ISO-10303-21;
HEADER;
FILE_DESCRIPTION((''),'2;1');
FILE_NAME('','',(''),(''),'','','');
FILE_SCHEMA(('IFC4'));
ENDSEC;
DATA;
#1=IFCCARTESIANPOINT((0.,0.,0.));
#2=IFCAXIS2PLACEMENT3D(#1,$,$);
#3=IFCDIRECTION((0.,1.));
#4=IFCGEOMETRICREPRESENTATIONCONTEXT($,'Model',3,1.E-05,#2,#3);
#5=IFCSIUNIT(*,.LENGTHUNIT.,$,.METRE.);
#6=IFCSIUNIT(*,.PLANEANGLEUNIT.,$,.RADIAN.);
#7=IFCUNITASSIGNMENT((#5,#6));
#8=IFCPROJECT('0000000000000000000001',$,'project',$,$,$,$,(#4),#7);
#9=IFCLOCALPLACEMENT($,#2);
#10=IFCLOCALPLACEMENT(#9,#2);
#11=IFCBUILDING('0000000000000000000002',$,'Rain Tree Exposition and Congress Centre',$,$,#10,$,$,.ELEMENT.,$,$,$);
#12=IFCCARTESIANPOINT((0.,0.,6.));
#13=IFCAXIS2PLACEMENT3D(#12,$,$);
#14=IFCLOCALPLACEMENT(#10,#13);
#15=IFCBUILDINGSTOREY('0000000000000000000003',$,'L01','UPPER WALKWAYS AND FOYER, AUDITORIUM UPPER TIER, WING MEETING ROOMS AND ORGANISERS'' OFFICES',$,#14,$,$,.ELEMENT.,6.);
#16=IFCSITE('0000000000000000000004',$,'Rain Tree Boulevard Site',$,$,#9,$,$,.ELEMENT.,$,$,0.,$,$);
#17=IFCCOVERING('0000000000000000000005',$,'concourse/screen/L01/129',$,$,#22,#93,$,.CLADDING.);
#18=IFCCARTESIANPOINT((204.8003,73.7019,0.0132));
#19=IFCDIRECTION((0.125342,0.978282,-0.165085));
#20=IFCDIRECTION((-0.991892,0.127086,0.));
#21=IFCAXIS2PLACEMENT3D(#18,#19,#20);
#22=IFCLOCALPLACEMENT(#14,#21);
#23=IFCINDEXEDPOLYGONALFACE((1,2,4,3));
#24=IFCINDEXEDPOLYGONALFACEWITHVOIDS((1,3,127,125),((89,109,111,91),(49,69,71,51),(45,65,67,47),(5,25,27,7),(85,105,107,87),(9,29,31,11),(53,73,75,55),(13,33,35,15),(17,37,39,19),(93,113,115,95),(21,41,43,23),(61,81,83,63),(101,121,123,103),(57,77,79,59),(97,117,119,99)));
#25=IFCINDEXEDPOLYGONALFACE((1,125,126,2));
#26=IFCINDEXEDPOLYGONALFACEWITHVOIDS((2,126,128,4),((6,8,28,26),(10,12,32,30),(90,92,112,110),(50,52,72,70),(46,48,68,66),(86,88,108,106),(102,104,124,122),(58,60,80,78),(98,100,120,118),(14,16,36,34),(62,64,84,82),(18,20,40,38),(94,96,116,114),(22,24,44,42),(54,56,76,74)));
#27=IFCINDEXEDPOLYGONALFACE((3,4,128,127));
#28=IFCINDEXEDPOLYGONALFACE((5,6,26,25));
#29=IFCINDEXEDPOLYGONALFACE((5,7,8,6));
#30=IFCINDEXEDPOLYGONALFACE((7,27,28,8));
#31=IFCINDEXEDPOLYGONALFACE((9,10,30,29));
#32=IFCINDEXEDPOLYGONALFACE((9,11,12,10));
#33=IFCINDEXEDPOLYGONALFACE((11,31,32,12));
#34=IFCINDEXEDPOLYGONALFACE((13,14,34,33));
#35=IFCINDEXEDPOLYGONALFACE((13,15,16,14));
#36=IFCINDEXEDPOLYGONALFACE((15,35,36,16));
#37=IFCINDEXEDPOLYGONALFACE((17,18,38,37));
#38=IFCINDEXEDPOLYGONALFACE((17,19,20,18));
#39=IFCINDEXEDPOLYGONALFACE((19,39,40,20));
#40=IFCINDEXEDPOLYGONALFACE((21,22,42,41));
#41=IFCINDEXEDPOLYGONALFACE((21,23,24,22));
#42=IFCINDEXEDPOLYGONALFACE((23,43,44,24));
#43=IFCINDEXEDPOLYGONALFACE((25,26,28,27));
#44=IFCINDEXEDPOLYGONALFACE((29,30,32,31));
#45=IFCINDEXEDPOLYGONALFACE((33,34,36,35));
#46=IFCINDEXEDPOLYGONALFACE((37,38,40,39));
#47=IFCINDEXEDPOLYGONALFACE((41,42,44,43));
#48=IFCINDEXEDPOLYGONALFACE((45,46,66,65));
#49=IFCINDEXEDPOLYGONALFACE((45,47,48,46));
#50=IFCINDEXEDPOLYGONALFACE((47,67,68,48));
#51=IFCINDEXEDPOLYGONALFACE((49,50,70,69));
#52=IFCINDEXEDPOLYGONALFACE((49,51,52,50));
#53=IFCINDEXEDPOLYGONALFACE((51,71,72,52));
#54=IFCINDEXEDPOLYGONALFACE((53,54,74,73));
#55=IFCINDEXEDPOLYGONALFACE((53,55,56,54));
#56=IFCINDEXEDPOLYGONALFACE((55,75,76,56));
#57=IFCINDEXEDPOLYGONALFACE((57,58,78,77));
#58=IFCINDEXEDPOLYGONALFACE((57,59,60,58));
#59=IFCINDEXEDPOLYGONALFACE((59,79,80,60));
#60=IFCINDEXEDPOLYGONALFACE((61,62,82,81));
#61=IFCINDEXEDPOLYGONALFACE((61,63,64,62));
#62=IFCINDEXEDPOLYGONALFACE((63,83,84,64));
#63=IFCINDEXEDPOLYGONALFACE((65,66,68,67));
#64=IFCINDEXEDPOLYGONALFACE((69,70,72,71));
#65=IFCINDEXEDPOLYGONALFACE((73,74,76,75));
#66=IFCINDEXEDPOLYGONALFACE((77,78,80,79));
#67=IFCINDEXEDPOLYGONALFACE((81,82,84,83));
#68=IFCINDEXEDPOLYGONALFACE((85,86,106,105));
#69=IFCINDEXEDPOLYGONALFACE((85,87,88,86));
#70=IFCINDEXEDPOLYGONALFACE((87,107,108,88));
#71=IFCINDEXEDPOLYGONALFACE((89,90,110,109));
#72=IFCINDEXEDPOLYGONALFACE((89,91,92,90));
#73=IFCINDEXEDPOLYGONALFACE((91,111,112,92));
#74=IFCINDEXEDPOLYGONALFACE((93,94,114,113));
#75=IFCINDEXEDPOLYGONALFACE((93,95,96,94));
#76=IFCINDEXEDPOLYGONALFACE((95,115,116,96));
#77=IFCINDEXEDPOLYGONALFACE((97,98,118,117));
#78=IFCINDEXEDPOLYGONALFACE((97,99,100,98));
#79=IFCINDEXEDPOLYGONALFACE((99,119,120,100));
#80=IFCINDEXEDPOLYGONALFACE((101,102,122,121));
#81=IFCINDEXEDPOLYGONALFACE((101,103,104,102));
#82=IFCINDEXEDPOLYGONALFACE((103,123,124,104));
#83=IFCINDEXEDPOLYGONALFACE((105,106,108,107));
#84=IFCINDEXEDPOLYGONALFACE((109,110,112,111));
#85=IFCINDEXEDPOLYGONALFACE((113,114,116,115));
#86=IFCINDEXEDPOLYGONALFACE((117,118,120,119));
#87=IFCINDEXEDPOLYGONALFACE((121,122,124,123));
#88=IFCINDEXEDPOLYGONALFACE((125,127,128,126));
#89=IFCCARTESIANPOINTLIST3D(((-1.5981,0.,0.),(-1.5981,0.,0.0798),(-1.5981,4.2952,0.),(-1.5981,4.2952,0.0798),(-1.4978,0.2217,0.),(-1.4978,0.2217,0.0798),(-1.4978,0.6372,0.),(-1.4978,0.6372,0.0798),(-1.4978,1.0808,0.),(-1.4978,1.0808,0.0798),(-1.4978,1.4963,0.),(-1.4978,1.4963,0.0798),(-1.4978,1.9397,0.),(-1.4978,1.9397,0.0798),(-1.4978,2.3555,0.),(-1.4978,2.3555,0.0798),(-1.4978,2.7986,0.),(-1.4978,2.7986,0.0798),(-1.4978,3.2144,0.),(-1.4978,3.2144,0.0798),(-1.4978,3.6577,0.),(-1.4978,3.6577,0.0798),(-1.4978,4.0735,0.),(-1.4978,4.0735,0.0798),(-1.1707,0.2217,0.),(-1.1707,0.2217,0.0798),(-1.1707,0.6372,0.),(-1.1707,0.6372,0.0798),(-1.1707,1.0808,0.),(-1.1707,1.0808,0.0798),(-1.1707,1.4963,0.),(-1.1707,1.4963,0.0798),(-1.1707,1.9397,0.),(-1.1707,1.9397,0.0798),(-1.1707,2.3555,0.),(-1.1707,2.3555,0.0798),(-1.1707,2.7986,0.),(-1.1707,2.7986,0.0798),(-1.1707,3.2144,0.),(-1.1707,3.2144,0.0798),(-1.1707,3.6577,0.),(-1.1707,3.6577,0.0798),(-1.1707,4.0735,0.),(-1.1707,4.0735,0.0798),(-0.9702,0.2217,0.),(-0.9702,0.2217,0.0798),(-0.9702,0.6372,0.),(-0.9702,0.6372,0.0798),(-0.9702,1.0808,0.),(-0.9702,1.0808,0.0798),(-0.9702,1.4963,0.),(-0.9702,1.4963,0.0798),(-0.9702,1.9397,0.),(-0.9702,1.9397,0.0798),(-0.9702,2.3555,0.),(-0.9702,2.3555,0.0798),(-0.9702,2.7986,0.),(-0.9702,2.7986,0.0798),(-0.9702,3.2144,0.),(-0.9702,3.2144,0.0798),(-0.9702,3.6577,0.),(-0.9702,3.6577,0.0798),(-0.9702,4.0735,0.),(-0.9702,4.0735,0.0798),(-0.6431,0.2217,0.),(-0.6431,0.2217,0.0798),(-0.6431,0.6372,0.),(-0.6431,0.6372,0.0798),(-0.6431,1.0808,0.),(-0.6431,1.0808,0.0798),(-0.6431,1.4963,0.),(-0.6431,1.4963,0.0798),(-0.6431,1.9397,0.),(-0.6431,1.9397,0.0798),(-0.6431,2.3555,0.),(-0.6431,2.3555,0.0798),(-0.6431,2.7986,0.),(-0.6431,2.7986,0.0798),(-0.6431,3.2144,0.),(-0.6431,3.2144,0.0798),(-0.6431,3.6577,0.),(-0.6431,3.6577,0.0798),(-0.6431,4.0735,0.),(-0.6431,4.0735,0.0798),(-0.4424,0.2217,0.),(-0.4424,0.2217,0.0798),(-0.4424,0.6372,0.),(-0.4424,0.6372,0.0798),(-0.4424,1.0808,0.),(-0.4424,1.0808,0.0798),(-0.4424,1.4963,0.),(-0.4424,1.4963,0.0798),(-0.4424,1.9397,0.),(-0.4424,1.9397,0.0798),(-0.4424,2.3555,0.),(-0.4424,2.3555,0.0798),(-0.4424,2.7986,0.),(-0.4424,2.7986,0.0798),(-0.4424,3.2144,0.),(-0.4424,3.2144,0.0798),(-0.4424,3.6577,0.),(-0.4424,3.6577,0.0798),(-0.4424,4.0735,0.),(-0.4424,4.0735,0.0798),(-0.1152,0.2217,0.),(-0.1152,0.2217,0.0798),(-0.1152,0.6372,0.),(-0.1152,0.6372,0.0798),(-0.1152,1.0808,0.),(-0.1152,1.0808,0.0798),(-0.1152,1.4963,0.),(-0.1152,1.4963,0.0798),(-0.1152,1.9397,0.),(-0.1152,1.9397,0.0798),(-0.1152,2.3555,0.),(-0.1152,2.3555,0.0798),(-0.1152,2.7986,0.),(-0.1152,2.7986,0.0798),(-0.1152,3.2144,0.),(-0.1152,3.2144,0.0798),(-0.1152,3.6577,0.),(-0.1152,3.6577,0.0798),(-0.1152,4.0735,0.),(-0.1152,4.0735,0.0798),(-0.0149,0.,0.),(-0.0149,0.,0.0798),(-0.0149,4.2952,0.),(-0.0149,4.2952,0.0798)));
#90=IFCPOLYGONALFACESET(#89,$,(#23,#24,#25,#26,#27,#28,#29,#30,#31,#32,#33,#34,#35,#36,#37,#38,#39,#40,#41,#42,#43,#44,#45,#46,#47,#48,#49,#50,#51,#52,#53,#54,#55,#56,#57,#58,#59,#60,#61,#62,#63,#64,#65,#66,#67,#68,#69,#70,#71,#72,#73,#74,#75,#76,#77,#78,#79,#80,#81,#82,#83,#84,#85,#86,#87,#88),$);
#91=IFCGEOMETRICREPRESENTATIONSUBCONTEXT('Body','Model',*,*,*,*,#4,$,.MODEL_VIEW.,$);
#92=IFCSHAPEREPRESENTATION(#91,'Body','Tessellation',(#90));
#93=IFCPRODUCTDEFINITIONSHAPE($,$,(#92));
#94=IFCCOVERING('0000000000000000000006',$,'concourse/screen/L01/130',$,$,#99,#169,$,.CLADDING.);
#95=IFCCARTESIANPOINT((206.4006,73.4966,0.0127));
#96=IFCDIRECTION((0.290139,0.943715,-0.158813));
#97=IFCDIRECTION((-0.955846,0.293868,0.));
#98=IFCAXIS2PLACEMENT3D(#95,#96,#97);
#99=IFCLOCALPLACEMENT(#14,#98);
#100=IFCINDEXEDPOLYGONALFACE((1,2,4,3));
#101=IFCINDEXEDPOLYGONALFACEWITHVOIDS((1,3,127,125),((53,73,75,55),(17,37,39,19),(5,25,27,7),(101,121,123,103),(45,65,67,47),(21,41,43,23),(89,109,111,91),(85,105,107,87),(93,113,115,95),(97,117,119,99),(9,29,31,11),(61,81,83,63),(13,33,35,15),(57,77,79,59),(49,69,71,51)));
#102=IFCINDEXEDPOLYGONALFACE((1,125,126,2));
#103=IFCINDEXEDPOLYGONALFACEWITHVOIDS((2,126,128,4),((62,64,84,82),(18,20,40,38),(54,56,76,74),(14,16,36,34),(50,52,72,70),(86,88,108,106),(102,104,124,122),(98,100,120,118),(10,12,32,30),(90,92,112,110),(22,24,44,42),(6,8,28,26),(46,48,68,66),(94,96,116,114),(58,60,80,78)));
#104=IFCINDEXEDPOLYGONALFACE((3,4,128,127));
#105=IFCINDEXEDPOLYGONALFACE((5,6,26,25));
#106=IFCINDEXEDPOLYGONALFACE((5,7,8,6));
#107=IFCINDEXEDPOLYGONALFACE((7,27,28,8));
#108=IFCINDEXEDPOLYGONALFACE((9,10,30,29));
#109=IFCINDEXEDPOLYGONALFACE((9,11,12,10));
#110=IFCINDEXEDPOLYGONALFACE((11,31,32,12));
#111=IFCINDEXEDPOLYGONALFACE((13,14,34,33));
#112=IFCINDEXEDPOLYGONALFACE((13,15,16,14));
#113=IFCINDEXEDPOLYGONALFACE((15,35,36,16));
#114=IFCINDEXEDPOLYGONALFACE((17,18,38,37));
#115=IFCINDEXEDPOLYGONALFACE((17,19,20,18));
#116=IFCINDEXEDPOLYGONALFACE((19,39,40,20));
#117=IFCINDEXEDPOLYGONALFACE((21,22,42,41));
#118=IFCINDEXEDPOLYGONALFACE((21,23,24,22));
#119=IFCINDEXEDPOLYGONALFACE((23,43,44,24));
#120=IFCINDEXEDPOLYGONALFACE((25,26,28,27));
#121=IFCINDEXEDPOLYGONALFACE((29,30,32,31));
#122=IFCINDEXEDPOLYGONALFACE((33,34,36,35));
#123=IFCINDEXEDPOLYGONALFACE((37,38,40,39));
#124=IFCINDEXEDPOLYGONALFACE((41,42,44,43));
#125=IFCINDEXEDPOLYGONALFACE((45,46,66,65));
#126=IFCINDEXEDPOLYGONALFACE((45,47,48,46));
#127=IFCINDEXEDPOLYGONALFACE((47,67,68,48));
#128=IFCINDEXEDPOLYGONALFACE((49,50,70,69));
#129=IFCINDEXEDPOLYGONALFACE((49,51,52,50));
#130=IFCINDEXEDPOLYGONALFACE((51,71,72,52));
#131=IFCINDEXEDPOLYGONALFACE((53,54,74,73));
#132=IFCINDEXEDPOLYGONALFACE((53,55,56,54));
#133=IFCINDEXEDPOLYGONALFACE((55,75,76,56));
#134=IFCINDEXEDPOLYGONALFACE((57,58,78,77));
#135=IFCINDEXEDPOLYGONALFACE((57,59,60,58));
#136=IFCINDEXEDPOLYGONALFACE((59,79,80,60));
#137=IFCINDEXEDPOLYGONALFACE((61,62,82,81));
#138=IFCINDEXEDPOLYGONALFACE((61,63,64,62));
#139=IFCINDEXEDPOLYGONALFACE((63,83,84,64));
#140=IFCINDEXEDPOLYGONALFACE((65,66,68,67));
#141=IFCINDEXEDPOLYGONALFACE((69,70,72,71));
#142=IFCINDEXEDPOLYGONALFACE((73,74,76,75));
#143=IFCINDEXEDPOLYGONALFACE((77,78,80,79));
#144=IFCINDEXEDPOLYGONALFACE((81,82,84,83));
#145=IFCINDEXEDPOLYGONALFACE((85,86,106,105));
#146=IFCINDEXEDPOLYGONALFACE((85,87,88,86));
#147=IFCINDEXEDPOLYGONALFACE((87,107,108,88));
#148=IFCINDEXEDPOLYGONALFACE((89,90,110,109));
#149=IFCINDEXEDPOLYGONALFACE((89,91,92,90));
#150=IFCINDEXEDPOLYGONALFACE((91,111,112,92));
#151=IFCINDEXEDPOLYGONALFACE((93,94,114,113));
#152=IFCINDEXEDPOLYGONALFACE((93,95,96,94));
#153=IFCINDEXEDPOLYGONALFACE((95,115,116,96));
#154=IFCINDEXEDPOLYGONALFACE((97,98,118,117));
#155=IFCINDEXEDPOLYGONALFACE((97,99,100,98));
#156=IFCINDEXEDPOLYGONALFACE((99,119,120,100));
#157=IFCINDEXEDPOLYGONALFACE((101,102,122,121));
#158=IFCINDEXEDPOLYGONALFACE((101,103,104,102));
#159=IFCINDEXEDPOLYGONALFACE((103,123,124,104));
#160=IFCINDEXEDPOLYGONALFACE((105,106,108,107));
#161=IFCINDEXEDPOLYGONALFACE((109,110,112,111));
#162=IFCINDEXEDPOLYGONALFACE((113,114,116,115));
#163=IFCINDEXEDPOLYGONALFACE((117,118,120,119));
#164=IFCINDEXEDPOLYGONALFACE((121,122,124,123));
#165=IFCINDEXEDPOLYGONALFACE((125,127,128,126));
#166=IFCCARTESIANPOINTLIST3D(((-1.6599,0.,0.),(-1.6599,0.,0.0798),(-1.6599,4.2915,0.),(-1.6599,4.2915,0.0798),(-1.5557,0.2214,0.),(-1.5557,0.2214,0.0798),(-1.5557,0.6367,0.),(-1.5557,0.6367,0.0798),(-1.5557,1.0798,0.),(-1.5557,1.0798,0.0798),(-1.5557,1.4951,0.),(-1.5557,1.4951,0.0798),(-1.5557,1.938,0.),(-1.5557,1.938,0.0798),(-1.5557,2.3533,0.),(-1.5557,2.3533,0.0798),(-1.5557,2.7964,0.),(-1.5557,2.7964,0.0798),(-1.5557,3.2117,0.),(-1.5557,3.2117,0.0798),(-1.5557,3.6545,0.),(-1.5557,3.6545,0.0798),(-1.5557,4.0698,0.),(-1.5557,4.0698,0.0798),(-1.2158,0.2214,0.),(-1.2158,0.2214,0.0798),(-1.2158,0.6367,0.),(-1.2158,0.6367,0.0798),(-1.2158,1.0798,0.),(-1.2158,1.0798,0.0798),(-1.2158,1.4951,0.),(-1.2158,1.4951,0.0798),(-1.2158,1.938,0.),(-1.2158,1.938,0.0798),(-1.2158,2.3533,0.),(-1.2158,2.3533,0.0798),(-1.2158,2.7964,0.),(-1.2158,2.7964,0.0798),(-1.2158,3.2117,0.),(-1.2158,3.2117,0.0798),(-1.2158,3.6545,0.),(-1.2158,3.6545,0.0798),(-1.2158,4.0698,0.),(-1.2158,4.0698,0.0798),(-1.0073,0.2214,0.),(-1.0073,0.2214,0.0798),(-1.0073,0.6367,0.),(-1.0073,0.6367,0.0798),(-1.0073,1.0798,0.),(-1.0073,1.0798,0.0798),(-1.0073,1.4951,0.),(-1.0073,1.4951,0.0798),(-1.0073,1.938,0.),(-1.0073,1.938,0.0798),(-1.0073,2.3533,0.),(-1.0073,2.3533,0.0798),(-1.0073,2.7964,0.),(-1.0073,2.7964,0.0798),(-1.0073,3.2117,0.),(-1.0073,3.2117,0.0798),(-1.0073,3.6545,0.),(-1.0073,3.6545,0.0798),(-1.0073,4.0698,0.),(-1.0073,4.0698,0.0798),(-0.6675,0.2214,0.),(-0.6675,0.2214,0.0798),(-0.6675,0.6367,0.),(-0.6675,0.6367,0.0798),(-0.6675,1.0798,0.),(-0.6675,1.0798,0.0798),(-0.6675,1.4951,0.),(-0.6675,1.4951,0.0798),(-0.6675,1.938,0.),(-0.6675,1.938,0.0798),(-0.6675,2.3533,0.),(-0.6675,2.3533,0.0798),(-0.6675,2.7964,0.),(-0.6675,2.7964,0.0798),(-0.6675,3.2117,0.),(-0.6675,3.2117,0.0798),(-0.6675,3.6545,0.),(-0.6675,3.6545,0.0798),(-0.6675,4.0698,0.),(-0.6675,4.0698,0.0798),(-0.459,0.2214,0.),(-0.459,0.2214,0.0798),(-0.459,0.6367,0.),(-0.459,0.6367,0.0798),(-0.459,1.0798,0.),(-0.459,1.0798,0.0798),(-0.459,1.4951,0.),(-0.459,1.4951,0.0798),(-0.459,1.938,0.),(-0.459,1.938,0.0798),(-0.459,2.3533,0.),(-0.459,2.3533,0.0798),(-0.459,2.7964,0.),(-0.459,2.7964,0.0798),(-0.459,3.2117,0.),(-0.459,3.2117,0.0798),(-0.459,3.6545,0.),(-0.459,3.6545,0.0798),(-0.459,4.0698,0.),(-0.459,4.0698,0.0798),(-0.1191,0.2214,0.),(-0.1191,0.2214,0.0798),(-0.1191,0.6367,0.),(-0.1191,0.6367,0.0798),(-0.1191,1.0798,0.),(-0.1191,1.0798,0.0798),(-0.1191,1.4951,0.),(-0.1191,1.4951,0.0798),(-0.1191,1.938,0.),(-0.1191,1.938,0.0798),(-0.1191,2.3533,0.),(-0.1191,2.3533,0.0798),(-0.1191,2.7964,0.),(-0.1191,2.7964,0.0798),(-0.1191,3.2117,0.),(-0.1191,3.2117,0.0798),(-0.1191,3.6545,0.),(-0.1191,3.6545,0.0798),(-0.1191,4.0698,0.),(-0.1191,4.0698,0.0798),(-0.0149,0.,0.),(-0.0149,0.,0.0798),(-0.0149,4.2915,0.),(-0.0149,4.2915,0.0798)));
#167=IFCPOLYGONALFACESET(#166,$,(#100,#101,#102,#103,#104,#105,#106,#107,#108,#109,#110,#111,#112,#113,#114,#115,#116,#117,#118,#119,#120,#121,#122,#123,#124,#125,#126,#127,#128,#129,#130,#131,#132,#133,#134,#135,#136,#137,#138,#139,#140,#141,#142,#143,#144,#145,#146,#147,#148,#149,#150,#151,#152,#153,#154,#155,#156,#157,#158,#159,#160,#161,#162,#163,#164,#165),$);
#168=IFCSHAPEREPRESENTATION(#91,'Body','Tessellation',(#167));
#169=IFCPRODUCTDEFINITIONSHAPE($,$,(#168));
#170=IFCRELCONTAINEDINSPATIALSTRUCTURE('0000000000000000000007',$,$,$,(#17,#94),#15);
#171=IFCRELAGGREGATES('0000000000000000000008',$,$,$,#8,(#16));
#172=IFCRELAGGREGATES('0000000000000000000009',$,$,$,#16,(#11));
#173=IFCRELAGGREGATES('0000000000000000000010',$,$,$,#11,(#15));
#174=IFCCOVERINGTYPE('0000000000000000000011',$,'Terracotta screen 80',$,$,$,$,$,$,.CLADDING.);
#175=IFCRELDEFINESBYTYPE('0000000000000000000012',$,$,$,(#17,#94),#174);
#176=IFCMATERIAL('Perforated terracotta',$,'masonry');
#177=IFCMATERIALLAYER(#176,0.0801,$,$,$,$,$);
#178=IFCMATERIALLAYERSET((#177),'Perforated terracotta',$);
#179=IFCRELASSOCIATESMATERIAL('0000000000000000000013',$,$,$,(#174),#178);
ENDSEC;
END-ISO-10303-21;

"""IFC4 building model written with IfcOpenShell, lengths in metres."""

from ifc_helpers import new_model, si_unit, direction, frame, origin, place, context, subcontext, project, spatial, polyline, outline, extrude, material, layer, layer_set, type_object, element, save


model = new_model("IFC4")

# Units and contexts
model_context = context("Model", 3, precision=1e-05, world=origin(), true_north=direction((0.0, 1.0)))
body_context = subcontext(model_context, "Body", "Model", "MODEL_VIEW")
ifc_project = project(units=[si_unit("LENGTHUNIT", "METRE"), si_unit("PLANEANGLEUNIT", "RADIAN")], contexts=[model_context])

# Site, building, storey
site_placement = place(None, origin())
site = spatial("IfcSite", under=ifc_project, at=site_placement, Name="Rain Tree Boulevard Site", CompositionType="ELEMENT", RefElevation=0.0)
building_placement = place(site_placement, origin())
building = spatial("IfcBuilding", under=site, at=building_placement, Name="Rain Tree Exposition and Congress Centre", CompositionType="ELEMENT")
storey_placement = place(building_placement, frame((0.0, 0.0, 6.0)))
storey = spatial("IfcBuildingStorey", under=building, at=storey_placement, Name="L01", Description="UPPER WALKWAYS AND FOYER, AUDITORIUM UPPER TIER, WING MEETING ROOMS AND ORGANISERS' OFFICES", CompositionType="ELEMENT", Elevation=6.0)

# Coverings
ifc_material_1 = material(Name="Perforated terracotta", Category="masonry")
ifc_layer_1 = layer(ifc_material_1, 0.0801)
ifc_layer_set_1 = layer_set([ifc_layer_1], Name="Perforated terracotta")
covering_type = type_object("IfcCoveringType", Name="Terracotta screen 80", PredefinedType="CLADDING", material=ifc_layer_set_1)
covering_1_placement = place(storey_placement, frame((204.8003, 73.7019, 0.0132), z_axis=(0.125342, 0.978282, -0.165085), x_axis=(-0.991892, 0.127086, 0.0)))
element("IfcCovering", 1, at=covering_1_placement, inside=storey, type_object=covering_type, Name="concourse/screen/L01/129", PredefinedType="CLADDING", context=body_context, shape_type="SweptSolid", body=[
    extrude(outline(polyline([(-1.5981, 0.0), (-1.5981, 4.2952), (-0.0149, 4.2952), (-0.0149, 0.0), (-1.5981, 0.0)]), holes=[polyline([(-0.1152, 0.2217), (-0.1152, 0.6372), (-0.4424, 0.6372), (-0.4424, 0.2217), (-0.1152, 0.2217)]), polyline([(-0.1152, 1.0808), (-0.1152, 1.4963), (-0.4424, 1.4963), (-0.4424, 1.0808), (-0.1152, 1.0808)]), polyline([(-0.1152, 1.9397), (-0.1152, 2.3555), (-0.4424, 2.3555), (-0.4424, 1.9397), (-0.1152, 1.9397)]), polyline([(-0.1152, 2.7986), (-0.1152, 3.2144), (-0.4424, 3.2144), (-0.4424, 2.7986), (-0.1152, 2.7986)]), polyline([(-0.1152, 3.6577), (-0.1152, 4.0735), (-0.4424, 4.0735), (-0.4424, 3.6577), (-0.1152, 3.6577)]), polyline([(-0.6431, 0.2217), (-0.6431, 0.6372), (-0.9702, 0.6372), (-0.9702, 0.2217), (-0.6431, 0.2217)]), polyline([(-0.6431, 1.0808), (-0.6431, 1.4963), (-0.9702, 1.4963), (-0.9702, 1.0808), (-0.6431, 1.0808)]), polyline([(-0.6431, 1.9397), (-0.6431, 2.3555), (-0.9702, 2.3555), (-0.9702, 1.9397), (-0.6431, 1.9397)]), polyline([(-0.6431, 2.7986), (-0.6431, 3.2144), (-0.9702, 3.2144), (-0.9702, 2.7986), (-0.6431, 2.7986)]), polyline([(-0.6431, 3.6577), (-0.6431, 4.0735), (-0.9702, 4.0735), (-0.9702, 3.6577), (-0.6431, 3.6577)]), polyline([(-1.1707, 0.2217), (-1.1707, 0.6372), (-1.4978, 0.6372), (-1.4978, 0.2217), (-1.1707, 0.2217)]), polyline([(-1.1707, 1.0808), (-1.1707, 1.4963), (-1.4978, 1.4963), (-1.4978, 1.0808), (-1.1707, 1.0808)]), polyline([(-1.1707, 1.9397), (-1.1707, 2.3555), (-1.4978, 2.3555), (-1.4978, 1.9397), (-1.1707, 1.9397)]), polyline([(-1.1707, 2.7986), (-1.1707, 3.2144), (-1.4978, 3.2144), (-1.4978, 2.7986), (-1.1707, 2.7986)]), polyline([(-1.1707, 3.6577), (-1.1707, 4.0735), (-1.4978, 4.0735), (-1.4978, 3.6577), (-1.1707, 3.6577)])]), origin(), (0.0, 0.0, 1.0), 0.0798),
])
covering_2_placement = place(storey_placement, frame((206.4006, 73.4966, 0.0127), z_axis=(0.290139, 0.943715, -0.158813), x_axis=(-0.955846, 0.293868, 0.0)))
element("IfcCovering", 2, at=covering_2_placement, inside=storey, type_object=covering_type, Name="concourse/screen/L01/130", PredefinedType="CLADDING", context=body_context, shape_type="SweptSolid", body=[
    extrude(outline(polyline([(-1.6599, 0.0), (-1.6599, 4.2915), (-0.0149, 4.2915), (-0.0149, 0.0), (-1.6599, 0.0)]), holes=[polyline([(-0.1191, 0.2214), (-0.1191, 0.6367), (-0.459, 0.6367), (-0.459, 0.2214), (-0.1191, 0.2214)]), polyline([(-0.1191, 1.0798), (-0.1191, 1.4951), (-0.459, 1.4951), (-0.459, 1.0798), (-0.1191, 1.0798)]), polyline([(-0.1191, 1.938), (-0.1191, 2.3533), (-0.459, 2.3533), (-0.459, 1.938), (-0.1191, 1.938)]), polyline([(-0.1191, 2.7964), (-0.1191, 3.2117), (-0.459, 3.2117), (-0.459, 2.7964), (-0.1191, 2.7964)]), polyline([(-0.1191, 3.6545), (-0.1191, 4.0698), (-0.459, 4.0698), (-0.459, 3.6545), (-0.1191, 3.6545)]), polyline([(-0.6675, 0.2214), (-0.6675, 0.6367), (-1.0073, 0.6367), (-1.0073, 0.2214), (-0.6675, 0.2214)]), polyline([(-0.6675, 1.0798), (-0.6675, 1.4951), (-1.0073, 1.4951), (-1.0073, 1.0798), (-0.6675, 1.0798)]), polyline([(-0.6675, 1.938), (-0.6675, 2.3533), (-1.0073, 2.3533), (-1.0073, 1.938), (-0.6675, 1.938)]), polyline([(-0.6675, 2.7964), (-0.6675, 3.2117), (-1.0073, 3.2117), (-1.0073, 2.7964), (-0.6675, 2.7964)]), polyline([(-0.6675, 3.6545), (-0.6675, 4.0698), (-1.0073, 4.0698), (-1.0073, 3.6545), (-0.6675, 3.6545)]), polyline([(-1.2158, 0.2214), (-1.2158, 0.6367), (-1.5557, 0.6367), (-1.5557, 0.2214), (-1.2158, 0.2214)]), polyline([(-1.2158, 1.0798), (-1.2158, 1.4951), (-1.5557, 1.4951), (-1.5557, 1.0798), (-1.2158, 1.0798)]), polyline([(-1.2158, 1.938), (-1.2158, 2.3533), (-1.5557, 2.3533), (-1.5557, 1.938), (-1.2158, 1.938)]), polyline([(-1.2158, 2.7964), (-1.2158, 3.2117), (-1.5557, 3.2117), (-1.5557, 2.7964), (-1.2158, 2.7964)]), polyline([(-1.2158, 3.6545), (-1.2158, 4.0698), (-1.5557, 4.0698), (-1.5557, 3.6545), (-1.2158, 3.6545)])]), origin(), (0.0, 0.0, 1.0), 0.0798),
])

save(model, "model.ifc")
